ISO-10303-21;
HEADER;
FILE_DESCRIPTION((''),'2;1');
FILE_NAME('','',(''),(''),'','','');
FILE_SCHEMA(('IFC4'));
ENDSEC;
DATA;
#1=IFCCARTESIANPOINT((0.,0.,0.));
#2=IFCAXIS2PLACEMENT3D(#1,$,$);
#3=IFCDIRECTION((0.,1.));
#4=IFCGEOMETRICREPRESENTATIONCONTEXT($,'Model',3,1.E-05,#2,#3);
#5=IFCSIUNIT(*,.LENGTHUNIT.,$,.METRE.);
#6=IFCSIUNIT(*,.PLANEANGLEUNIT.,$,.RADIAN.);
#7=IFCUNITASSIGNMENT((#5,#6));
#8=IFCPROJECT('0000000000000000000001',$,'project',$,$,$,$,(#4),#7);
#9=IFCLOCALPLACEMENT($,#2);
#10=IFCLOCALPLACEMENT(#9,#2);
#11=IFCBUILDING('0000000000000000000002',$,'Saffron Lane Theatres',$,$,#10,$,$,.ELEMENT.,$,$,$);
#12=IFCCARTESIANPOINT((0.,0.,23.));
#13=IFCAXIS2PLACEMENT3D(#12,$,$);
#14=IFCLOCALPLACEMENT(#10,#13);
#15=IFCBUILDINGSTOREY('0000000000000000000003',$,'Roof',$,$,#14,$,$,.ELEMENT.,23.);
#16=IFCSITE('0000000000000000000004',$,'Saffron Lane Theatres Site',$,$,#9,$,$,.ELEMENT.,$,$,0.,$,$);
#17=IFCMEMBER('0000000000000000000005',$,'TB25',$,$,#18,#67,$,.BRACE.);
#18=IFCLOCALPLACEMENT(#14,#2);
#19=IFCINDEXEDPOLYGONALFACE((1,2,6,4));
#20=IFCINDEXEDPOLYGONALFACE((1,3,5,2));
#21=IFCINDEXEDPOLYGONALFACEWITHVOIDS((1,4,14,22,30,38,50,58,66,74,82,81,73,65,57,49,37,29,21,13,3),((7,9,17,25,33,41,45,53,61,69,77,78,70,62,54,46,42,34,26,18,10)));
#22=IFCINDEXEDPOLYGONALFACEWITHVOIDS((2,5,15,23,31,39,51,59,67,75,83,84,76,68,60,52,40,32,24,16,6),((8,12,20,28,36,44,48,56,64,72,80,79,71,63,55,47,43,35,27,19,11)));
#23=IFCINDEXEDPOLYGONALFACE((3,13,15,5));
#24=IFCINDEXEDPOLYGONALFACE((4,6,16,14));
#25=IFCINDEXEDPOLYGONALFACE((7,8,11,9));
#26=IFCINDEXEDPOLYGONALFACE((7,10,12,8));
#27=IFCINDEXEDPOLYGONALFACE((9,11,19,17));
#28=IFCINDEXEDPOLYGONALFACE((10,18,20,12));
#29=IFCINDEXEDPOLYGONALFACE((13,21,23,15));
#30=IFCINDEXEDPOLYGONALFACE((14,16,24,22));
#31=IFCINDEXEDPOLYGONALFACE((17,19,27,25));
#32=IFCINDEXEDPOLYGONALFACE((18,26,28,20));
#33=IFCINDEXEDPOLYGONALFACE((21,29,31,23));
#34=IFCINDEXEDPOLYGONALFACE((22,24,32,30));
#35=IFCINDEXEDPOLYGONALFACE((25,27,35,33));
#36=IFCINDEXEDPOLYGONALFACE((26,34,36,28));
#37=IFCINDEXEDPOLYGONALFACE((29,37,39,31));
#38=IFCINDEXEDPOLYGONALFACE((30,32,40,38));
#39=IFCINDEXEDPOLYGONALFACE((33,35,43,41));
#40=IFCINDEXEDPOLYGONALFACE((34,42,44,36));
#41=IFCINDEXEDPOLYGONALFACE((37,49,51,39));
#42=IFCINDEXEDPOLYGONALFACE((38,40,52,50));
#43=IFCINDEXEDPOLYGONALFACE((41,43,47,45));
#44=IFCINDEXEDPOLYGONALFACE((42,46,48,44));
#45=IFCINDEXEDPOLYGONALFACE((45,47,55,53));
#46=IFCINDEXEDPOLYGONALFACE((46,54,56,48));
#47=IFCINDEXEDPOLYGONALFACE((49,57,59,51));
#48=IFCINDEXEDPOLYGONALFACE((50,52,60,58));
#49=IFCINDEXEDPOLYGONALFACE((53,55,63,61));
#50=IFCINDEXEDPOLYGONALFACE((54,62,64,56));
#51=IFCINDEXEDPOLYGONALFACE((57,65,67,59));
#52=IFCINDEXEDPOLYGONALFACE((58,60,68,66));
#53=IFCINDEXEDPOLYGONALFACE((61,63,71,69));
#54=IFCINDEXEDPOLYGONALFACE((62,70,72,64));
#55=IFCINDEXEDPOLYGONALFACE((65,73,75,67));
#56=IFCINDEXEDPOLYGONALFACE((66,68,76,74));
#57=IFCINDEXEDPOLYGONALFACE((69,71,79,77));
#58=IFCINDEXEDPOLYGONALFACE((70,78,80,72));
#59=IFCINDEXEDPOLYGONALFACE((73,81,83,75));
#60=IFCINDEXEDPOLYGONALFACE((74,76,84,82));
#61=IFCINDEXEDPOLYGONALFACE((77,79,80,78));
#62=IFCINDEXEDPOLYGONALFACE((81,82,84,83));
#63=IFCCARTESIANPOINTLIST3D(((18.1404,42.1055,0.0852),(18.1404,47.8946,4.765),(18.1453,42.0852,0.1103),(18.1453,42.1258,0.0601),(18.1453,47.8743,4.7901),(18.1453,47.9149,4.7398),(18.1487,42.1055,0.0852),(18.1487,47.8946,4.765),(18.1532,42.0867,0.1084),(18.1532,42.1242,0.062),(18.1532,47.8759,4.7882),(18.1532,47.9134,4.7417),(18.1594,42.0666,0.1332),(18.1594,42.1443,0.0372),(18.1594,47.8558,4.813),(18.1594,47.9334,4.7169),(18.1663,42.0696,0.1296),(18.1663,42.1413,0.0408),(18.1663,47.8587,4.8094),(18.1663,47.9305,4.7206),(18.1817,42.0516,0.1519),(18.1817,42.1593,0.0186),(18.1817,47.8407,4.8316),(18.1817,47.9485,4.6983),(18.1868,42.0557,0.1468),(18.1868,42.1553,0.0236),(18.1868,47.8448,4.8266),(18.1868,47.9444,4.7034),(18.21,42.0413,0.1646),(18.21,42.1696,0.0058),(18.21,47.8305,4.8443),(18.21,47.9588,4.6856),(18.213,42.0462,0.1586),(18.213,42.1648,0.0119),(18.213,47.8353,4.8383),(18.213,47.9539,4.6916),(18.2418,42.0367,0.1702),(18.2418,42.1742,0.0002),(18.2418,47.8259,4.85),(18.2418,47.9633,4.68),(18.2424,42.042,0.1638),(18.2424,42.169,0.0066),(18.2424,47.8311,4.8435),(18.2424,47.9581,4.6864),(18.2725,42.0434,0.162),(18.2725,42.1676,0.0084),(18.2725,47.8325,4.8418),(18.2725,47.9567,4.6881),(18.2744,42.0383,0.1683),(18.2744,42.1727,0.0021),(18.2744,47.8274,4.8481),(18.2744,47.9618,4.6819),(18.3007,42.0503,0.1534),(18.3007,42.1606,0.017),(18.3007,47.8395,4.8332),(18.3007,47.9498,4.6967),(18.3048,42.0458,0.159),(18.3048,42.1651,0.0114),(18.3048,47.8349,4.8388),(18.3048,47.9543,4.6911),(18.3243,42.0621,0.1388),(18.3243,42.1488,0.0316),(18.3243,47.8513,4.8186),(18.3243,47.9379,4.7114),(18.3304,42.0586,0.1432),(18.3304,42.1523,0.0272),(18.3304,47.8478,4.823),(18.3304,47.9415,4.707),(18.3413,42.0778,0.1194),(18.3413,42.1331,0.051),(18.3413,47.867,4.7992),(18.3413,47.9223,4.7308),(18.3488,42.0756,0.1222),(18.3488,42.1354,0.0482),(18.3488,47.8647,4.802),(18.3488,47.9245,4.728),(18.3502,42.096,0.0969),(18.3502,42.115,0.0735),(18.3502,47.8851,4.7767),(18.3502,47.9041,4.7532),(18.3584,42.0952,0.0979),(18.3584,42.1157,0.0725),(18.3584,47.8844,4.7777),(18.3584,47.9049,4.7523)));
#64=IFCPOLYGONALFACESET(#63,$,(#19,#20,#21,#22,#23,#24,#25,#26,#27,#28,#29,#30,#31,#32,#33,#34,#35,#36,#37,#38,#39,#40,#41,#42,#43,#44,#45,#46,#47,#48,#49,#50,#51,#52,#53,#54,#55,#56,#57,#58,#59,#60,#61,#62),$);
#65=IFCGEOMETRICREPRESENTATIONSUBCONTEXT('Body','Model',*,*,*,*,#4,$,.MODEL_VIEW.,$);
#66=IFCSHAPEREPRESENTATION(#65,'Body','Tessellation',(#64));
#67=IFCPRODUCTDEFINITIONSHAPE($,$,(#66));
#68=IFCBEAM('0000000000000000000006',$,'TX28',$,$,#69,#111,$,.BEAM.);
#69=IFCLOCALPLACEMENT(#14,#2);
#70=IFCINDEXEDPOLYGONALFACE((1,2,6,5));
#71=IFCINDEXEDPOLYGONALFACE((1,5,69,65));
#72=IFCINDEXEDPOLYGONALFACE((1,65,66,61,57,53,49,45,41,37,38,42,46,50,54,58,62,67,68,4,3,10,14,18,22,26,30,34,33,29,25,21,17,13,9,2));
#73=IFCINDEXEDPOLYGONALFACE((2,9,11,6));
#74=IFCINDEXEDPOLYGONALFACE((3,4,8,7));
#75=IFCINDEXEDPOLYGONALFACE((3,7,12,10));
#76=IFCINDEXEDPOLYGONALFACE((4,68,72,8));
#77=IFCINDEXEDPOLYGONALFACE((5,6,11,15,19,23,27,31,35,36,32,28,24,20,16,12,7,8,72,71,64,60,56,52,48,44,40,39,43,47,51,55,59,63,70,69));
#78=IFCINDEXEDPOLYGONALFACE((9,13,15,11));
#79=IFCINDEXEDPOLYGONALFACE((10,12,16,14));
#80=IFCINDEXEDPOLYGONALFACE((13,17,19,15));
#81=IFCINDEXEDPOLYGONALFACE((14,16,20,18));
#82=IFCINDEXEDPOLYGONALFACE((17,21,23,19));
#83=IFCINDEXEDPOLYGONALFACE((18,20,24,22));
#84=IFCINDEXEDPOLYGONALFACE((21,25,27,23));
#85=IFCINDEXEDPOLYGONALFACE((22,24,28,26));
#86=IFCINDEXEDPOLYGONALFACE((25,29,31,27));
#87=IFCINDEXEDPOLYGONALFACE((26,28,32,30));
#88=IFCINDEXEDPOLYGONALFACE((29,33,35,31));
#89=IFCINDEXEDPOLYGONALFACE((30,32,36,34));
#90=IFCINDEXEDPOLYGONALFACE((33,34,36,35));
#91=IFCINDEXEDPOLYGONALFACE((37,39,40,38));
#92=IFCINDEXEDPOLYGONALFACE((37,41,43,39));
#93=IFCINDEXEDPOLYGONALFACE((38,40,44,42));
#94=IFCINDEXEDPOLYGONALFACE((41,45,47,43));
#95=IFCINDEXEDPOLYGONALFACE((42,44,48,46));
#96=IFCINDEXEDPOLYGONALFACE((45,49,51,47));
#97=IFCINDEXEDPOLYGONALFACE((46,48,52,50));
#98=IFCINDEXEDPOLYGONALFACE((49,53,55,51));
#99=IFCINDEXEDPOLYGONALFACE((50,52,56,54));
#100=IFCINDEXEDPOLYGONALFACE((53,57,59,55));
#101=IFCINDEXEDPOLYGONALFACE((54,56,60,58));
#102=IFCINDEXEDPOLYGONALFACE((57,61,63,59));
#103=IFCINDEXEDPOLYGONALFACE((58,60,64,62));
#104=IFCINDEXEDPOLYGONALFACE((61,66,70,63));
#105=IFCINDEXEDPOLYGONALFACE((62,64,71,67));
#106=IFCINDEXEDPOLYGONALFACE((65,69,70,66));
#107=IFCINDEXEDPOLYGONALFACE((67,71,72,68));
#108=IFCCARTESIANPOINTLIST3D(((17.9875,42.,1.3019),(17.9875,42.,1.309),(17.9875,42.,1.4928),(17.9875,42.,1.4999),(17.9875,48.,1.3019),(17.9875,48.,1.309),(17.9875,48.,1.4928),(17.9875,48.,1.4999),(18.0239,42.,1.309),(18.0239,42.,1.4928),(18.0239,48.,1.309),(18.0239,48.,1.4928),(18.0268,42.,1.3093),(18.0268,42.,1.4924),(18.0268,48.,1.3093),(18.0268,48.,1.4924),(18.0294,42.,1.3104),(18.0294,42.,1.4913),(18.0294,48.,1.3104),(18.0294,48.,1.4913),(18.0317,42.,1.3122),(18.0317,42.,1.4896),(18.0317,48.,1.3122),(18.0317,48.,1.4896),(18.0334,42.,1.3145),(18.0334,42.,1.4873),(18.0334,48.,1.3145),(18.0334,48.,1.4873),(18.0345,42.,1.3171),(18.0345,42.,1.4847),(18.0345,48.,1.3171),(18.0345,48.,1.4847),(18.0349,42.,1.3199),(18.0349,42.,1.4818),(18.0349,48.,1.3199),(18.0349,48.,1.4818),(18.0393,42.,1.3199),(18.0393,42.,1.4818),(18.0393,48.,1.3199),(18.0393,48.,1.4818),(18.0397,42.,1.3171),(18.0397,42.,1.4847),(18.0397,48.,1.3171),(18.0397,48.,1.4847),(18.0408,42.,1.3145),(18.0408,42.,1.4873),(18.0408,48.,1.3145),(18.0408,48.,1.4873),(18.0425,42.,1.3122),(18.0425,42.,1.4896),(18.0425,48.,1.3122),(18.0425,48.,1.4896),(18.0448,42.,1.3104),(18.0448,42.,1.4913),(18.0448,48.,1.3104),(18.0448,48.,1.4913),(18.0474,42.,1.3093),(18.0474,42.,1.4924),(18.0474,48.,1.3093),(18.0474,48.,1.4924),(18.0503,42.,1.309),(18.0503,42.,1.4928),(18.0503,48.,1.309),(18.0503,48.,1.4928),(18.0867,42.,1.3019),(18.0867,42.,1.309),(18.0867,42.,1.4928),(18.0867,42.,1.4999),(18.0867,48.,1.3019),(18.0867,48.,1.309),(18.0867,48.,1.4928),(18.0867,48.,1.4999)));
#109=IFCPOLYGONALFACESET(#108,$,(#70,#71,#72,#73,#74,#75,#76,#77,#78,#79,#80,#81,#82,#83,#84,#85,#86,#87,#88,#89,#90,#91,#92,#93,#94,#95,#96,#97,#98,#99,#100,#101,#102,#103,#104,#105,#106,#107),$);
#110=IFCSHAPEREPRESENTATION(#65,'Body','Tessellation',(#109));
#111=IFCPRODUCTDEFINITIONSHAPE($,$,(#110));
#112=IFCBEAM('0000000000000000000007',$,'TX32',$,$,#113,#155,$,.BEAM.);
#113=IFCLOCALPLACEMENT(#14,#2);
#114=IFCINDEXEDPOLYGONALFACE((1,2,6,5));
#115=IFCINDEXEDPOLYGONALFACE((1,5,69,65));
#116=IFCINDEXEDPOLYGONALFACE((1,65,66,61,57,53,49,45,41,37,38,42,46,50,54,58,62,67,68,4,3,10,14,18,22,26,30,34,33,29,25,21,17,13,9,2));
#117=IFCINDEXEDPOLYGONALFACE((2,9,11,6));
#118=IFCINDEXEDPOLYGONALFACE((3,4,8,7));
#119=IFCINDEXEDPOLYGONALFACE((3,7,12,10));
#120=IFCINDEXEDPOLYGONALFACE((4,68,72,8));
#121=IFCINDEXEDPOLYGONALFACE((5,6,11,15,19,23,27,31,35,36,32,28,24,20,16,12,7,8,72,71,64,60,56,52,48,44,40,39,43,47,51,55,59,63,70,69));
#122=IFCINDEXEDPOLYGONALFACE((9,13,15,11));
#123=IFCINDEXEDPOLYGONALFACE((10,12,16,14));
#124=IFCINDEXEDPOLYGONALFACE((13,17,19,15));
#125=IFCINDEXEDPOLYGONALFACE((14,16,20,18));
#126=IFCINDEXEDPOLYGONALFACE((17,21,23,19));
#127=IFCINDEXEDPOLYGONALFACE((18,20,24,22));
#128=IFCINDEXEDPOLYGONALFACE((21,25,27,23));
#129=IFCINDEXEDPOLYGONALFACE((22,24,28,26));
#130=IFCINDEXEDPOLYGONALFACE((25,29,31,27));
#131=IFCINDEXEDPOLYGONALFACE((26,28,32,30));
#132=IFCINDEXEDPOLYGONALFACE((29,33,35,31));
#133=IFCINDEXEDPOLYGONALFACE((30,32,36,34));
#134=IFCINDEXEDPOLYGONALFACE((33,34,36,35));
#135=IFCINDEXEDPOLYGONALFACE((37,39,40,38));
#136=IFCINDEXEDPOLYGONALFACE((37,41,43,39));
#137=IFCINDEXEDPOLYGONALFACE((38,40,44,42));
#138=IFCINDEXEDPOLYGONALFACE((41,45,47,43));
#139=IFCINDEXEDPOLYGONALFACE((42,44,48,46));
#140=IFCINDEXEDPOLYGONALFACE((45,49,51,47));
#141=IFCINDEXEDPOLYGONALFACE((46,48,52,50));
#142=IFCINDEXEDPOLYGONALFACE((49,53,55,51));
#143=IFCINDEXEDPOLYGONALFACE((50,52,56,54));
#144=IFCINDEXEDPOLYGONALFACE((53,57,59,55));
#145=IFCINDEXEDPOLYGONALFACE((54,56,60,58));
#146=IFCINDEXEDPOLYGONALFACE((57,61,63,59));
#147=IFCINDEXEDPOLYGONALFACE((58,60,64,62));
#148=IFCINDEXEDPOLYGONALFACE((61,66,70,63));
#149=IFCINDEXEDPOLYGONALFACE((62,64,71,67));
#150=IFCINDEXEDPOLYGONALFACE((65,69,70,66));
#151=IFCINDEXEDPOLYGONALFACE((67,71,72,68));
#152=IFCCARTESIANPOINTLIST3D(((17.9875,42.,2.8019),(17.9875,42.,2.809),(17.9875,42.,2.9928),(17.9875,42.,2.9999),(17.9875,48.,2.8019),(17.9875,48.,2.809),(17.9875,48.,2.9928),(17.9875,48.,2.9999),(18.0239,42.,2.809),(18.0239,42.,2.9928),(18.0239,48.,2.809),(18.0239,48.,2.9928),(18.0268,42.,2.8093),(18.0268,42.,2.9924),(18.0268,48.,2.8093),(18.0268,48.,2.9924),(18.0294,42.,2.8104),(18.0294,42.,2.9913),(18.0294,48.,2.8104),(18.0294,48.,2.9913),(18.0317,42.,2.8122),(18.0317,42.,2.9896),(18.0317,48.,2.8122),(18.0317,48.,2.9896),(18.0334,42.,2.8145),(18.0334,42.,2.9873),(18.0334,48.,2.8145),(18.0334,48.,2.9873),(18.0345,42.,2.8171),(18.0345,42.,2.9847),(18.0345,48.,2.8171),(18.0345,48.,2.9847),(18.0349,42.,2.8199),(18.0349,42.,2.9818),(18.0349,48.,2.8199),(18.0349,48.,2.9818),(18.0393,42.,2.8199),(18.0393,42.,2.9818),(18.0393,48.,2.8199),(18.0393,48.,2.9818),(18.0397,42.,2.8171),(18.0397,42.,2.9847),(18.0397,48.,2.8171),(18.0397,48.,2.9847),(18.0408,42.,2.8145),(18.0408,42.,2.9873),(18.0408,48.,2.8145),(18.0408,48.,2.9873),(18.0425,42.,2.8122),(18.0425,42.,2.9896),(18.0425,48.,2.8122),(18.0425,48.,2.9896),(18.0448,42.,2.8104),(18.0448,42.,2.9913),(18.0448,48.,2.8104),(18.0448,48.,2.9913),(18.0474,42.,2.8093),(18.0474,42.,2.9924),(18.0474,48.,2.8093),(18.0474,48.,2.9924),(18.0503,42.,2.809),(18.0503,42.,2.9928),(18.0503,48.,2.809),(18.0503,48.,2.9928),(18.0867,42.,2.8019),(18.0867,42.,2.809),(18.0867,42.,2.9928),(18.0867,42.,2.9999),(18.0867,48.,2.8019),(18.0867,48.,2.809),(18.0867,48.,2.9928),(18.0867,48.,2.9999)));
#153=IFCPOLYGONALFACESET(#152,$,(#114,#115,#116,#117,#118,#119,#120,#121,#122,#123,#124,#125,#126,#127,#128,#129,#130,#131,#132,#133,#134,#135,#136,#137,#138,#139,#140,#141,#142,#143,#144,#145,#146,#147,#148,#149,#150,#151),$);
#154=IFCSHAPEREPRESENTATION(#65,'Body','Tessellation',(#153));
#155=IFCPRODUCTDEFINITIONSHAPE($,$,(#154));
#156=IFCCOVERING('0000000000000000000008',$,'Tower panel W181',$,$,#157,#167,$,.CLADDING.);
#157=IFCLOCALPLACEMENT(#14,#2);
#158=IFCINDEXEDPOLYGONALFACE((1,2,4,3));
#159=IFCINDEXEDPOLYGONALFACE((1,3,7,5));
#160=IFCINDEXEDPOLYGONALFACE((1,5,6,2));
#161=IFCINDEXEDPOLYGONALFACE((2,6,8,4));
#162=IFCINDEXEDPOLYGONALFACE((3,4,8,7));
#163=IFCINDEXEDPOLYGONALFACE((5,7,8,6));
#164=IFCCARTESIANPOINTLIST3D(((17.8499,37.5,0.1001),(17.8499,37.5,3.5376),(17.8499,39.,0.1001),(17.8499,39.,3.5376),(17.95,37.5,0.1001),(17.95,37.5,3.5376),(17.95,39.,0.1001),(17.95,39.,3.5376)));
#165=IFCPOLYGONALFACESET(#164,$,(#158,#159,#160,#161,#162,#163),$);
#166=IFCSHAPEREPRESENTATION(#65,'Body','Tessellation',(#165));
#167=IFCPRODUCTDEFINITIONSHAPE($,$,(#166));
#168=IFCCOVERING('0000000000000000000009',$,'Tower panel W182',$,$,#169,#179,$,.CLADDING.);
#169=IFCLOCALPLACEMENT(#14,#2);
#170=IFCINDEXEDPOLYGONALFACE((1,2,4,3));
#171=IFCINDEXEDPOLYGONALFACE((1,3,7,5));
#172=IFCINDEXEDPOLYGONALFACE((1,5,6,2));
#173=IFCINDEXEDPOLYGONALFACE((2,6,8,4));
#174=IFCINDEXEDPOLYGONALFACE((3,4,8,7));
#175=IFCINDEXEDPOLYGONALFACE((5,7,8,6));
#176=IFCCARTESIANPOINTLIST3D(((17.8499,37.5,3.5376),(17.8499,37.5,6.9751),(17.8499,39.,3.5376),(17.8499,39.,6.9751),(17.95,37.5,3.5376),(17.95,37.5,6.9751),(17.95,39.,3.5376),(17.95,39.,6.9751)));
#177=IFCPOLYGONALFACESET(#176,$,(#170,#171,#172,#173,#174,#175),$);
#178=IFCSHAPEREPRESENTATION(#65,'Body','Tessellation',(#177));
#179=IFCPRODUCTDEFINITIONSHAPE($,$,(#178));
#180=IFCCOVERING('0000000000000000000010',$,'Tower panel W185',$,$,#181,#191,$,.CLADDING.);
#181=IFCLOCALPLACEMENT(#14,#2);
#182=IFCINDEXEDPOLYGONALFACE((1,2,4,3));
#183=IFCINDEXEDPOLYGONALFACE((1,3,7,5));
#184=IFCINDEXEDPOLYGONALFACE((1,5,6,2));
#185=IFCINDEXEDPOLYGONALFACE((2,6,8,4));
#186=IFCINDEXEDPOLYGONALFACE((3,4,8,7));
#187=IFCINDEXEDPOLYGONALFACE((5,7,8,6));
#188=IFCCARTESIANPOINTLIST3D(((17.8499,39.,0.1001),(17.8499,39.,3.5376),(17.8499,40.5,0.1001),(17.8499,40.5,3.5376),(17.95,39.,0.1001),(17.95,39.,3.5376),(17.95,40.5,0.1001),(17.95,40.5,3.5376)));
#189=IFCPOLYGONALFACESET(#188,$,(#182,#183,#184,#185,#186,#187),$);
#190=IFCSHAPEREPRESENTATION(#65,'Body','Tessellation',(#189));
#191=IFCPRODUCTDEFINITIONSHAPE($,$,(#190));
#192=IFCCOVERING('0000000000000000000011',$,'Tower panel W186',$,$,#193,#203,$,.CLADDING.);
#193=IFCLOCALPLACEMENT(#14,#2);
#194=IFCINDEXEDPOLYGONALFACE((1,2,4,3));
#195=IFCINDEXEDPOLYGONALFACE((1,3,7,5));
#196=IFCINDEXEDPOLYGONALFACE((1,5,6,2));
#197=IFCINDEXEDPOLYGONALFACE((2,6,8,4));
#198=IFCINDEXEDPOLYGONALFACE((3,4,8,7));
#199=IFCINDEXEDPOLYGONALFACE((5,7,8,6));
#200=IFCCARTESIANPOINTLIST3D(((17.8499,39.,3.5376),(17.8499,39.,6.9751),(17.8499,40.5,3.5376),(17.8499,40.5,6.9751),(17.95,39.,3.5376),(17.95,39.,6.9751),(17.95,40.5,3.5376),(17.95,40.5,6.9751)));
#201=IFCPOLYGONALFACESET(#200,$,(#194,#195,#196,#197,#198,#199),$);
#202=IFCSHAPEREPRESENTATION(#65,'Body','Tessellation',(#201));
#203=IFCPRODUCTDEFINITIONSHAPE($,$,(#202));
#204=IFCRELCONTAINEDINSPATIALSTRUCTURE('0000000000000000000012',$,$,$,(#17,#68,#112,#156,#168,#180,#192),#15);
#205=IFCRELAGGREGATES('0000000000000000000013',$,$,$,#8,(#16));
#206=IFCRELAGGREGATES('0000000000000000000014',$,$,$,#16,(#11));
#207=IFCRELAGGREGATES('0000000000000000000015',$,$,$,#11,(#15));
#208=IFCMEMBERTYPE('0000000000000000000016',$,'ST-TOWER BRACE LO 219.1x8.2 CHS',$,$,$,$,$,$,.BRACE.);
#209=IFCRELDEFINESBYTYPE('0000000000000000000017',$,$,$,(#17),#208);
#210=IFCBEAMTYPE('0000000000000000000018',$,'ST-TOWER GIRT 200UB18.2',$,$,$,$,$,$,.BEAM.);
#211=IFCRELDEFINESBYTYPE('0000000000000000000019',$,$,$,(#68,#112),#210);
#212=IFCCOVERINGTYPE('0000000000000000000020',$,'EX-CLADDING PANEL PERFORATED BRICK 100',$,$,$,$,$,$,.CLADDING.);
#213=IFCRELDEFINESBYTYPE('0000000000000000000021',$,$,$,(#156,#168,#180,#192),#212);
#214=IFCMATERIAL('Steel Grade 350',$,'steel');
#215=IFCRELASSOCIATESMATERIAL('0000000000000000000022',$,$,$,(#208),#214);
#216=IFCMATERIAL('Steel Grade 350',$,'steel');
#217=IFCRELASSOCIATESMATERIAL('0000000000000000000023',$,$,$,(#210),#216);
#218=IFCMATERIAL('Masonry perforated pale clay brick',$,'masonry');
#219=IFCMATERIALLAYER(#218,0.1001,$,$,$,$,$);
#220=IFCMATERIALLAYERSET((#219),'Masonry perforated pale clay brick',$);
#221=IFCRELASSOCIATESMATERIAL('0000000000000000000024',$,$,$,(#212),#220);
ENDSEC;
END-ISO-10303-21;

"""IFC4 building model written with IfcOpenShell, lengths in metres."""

from ifc_helpers import new_model, si_unit, direction, frame, origin, origin_2d, place, context, subcontext, project, spatial, rectangle, hollow_circle, i_section, extrude, material, layer, layer_set, material_profile, profile_set, type_object, element, save


model = new_model("IFC4")

# Units and contexts
model_context = context("Model", 3, precision=1e-05, world=origin(), true_north=direction((0.0, 1.0)))
body_context = subcontext(model_context, "Body", "Model", "MODEL_VIEW")
ifc_project = project(units=[si_unit("LENGTHUNIT", "METRE"), si_unit("PLANEANGLEUNIT", "RADIAN")], contexts=[model_context])

# Site, building, storey
site_placement = place(None, origin())
site = spatial("IfcSite", under=ifc_project, at=site_placement, Name="Saffron Lane Theatres Site", CompositionType="ELEMENT", RefElevation=0.0)
building_placement = place(site_placement, origin())
building = spatial("IfcBuilding", under=site, at=building_placement, Name="Saffron Lane Theatres", CompositionType="ELEMENT")
storey_placement = place(building_placement, frame((0.0, 0.0, 23.0)))
storey = spatial("IfcBuildingStorey", under=building, at=storey_placement, Name="Roof", CompositionType="ELEMENT", Elevation=23.0)

# Member
ifc_material_1 = material(Name="Steel Grade 350", Category="steel")
ifc_material_profile_1 = material_profile(ifc_material_1, hollow_circle(Radius=0.1096, WallThickness=0.0083, at=origin_2d()))
ifc_profile_set_1 = profile_set([ifc_material_profile_1], Name="Steel Grade 350")
member_type_1 = type_object("IfcMemberType", Name="ST-TOWER BRACE LO 219.1x8.2 CHS", PredefinedType="BRACE", material=ifc_profile_set_1)
for number, where, z_axis, x_axis, name in (
    (1, (18.25, 42.1055, 0.0852), (0.0, 0.777685, 0.628655), (-1.0, 0.0, 0.0), "TB25"),
):
    element("IfcMember", number, at=place(storey_placement, frame(where, z_axis=z_axis, x_axis=x_axis)), inside=storey, type_object=member_type_1, Name=name, PredefinedType="BRACE", context=body_context, shape_type="SweptSolid", body=[
        extrude(hollow_circle(Radius=0.1096, WallThickness=0.0083, at=origin_2d()), origin(), (0.0, 0.0, 1.0), 7.4441),
    ])

# Beams
ifc_material_2 = material(Name="Steel Grade 350", Category="steel")
ifc_material_profile_2 = material_profile(ifc_material_2, i_section(OverallWidth=0.0991, OverallDepth=0.198, WebThickness=0.0044, FlangeThickness=0.0071, FilletRadius=0.011, at=origin_2d()))
ifc_profile_set_2 = profile_set([ifc_material_profile_2], Name="Steel Grade 350")
beam_type_1 = type_object("IfcBeamType", Name="ST-TOWER GIRT 200UB18.2", PredefinedType="BEAM", material=ifc_profile_set_2)
for number, where, z_axis, x_axis, name in (
    (2, (18.0371, 42.0, 1.4009), (0.0, 1.0, 0.0), (-1.0, 0.0, 0.0), "TX28"),
    (3, (18.0371, 42.0, 2.9009), (0.0, 1.0, 0.0), (-1.0, 0.0, 0.0), "TX32"),
):
    element("IfcBeam", number, at=place(storey_placement, frame(where, z_axis=z_axis, x_axis=x_axis)), inside=storey, type_object=beam_type_1, Name=name, PredefinedType="BEAM", context=body_context, shape_type="SweptSolid", body=[
        extrude(i_section(OverallWidth=0.0991, OverallDepth=0.198, WebThickness=0.0044, FlangeThickness=0.0071, FilletRadius=0.011, at=origin_2d()), origin(), (0.0, 0.0, 1.0), 6.0),
    ])

# Coverings
ifc_material_3 = material(Name="Masonry perforated pale clay brick", Category="masonry")
ifc_layer_1 = layer(ifc_material_3, 0.1001)
ifc_layer_set_1 = layer_set([ifc_layer_1], Name="Masonry perforated pale clay brick")
covering_type_1 = type_object("IfcCoveringType", Name="EX-CLADDING PANEL PERFORATED BRICK 100", PredefinedType="CLADDING", material=ifc_layer_set_1)
for number, where, z_axis, x_axis, name in (
    (4, (17.8999, 38.25, 0.1001), (0.0, 0.0, 1.0), (0.0, 1.0, 0.0), "Tower panel W181"),
    (5, (17.8999, 38.25, 3.5376), (0.0, 0.0, 1.0), (0.0, 1.0, 0.0), "Tower panel W182"),
    (6, (17.8999, 39.75, 0.1001), (0.0, 0.0, 1.0), (0.0, 1.0, 0.0), "Tower panel W185"),
    (7, (17.8999, 39.75, 3.5376), (0.0, 0.0, 1.0), (0.0, 1.0, 0.0), "Tower panel W186"),
):
    element("IfcCovering", number, at=place(storey_placement, frame(where, z_axis=z_axis, x_axis=x_axis)), inside=storey, type_object=covering_type_1, Name=name, PredefinedType="CLADDING", context=body_context, shape_type="SweptSolid", body=[
        extrude(rectangle(XDim=1.5, YDim=0.1001, at=origin_2d()), origin(), (0.0, 0.0, 1.0), 3.4375),
    ])

save(model, "model.ifc")
